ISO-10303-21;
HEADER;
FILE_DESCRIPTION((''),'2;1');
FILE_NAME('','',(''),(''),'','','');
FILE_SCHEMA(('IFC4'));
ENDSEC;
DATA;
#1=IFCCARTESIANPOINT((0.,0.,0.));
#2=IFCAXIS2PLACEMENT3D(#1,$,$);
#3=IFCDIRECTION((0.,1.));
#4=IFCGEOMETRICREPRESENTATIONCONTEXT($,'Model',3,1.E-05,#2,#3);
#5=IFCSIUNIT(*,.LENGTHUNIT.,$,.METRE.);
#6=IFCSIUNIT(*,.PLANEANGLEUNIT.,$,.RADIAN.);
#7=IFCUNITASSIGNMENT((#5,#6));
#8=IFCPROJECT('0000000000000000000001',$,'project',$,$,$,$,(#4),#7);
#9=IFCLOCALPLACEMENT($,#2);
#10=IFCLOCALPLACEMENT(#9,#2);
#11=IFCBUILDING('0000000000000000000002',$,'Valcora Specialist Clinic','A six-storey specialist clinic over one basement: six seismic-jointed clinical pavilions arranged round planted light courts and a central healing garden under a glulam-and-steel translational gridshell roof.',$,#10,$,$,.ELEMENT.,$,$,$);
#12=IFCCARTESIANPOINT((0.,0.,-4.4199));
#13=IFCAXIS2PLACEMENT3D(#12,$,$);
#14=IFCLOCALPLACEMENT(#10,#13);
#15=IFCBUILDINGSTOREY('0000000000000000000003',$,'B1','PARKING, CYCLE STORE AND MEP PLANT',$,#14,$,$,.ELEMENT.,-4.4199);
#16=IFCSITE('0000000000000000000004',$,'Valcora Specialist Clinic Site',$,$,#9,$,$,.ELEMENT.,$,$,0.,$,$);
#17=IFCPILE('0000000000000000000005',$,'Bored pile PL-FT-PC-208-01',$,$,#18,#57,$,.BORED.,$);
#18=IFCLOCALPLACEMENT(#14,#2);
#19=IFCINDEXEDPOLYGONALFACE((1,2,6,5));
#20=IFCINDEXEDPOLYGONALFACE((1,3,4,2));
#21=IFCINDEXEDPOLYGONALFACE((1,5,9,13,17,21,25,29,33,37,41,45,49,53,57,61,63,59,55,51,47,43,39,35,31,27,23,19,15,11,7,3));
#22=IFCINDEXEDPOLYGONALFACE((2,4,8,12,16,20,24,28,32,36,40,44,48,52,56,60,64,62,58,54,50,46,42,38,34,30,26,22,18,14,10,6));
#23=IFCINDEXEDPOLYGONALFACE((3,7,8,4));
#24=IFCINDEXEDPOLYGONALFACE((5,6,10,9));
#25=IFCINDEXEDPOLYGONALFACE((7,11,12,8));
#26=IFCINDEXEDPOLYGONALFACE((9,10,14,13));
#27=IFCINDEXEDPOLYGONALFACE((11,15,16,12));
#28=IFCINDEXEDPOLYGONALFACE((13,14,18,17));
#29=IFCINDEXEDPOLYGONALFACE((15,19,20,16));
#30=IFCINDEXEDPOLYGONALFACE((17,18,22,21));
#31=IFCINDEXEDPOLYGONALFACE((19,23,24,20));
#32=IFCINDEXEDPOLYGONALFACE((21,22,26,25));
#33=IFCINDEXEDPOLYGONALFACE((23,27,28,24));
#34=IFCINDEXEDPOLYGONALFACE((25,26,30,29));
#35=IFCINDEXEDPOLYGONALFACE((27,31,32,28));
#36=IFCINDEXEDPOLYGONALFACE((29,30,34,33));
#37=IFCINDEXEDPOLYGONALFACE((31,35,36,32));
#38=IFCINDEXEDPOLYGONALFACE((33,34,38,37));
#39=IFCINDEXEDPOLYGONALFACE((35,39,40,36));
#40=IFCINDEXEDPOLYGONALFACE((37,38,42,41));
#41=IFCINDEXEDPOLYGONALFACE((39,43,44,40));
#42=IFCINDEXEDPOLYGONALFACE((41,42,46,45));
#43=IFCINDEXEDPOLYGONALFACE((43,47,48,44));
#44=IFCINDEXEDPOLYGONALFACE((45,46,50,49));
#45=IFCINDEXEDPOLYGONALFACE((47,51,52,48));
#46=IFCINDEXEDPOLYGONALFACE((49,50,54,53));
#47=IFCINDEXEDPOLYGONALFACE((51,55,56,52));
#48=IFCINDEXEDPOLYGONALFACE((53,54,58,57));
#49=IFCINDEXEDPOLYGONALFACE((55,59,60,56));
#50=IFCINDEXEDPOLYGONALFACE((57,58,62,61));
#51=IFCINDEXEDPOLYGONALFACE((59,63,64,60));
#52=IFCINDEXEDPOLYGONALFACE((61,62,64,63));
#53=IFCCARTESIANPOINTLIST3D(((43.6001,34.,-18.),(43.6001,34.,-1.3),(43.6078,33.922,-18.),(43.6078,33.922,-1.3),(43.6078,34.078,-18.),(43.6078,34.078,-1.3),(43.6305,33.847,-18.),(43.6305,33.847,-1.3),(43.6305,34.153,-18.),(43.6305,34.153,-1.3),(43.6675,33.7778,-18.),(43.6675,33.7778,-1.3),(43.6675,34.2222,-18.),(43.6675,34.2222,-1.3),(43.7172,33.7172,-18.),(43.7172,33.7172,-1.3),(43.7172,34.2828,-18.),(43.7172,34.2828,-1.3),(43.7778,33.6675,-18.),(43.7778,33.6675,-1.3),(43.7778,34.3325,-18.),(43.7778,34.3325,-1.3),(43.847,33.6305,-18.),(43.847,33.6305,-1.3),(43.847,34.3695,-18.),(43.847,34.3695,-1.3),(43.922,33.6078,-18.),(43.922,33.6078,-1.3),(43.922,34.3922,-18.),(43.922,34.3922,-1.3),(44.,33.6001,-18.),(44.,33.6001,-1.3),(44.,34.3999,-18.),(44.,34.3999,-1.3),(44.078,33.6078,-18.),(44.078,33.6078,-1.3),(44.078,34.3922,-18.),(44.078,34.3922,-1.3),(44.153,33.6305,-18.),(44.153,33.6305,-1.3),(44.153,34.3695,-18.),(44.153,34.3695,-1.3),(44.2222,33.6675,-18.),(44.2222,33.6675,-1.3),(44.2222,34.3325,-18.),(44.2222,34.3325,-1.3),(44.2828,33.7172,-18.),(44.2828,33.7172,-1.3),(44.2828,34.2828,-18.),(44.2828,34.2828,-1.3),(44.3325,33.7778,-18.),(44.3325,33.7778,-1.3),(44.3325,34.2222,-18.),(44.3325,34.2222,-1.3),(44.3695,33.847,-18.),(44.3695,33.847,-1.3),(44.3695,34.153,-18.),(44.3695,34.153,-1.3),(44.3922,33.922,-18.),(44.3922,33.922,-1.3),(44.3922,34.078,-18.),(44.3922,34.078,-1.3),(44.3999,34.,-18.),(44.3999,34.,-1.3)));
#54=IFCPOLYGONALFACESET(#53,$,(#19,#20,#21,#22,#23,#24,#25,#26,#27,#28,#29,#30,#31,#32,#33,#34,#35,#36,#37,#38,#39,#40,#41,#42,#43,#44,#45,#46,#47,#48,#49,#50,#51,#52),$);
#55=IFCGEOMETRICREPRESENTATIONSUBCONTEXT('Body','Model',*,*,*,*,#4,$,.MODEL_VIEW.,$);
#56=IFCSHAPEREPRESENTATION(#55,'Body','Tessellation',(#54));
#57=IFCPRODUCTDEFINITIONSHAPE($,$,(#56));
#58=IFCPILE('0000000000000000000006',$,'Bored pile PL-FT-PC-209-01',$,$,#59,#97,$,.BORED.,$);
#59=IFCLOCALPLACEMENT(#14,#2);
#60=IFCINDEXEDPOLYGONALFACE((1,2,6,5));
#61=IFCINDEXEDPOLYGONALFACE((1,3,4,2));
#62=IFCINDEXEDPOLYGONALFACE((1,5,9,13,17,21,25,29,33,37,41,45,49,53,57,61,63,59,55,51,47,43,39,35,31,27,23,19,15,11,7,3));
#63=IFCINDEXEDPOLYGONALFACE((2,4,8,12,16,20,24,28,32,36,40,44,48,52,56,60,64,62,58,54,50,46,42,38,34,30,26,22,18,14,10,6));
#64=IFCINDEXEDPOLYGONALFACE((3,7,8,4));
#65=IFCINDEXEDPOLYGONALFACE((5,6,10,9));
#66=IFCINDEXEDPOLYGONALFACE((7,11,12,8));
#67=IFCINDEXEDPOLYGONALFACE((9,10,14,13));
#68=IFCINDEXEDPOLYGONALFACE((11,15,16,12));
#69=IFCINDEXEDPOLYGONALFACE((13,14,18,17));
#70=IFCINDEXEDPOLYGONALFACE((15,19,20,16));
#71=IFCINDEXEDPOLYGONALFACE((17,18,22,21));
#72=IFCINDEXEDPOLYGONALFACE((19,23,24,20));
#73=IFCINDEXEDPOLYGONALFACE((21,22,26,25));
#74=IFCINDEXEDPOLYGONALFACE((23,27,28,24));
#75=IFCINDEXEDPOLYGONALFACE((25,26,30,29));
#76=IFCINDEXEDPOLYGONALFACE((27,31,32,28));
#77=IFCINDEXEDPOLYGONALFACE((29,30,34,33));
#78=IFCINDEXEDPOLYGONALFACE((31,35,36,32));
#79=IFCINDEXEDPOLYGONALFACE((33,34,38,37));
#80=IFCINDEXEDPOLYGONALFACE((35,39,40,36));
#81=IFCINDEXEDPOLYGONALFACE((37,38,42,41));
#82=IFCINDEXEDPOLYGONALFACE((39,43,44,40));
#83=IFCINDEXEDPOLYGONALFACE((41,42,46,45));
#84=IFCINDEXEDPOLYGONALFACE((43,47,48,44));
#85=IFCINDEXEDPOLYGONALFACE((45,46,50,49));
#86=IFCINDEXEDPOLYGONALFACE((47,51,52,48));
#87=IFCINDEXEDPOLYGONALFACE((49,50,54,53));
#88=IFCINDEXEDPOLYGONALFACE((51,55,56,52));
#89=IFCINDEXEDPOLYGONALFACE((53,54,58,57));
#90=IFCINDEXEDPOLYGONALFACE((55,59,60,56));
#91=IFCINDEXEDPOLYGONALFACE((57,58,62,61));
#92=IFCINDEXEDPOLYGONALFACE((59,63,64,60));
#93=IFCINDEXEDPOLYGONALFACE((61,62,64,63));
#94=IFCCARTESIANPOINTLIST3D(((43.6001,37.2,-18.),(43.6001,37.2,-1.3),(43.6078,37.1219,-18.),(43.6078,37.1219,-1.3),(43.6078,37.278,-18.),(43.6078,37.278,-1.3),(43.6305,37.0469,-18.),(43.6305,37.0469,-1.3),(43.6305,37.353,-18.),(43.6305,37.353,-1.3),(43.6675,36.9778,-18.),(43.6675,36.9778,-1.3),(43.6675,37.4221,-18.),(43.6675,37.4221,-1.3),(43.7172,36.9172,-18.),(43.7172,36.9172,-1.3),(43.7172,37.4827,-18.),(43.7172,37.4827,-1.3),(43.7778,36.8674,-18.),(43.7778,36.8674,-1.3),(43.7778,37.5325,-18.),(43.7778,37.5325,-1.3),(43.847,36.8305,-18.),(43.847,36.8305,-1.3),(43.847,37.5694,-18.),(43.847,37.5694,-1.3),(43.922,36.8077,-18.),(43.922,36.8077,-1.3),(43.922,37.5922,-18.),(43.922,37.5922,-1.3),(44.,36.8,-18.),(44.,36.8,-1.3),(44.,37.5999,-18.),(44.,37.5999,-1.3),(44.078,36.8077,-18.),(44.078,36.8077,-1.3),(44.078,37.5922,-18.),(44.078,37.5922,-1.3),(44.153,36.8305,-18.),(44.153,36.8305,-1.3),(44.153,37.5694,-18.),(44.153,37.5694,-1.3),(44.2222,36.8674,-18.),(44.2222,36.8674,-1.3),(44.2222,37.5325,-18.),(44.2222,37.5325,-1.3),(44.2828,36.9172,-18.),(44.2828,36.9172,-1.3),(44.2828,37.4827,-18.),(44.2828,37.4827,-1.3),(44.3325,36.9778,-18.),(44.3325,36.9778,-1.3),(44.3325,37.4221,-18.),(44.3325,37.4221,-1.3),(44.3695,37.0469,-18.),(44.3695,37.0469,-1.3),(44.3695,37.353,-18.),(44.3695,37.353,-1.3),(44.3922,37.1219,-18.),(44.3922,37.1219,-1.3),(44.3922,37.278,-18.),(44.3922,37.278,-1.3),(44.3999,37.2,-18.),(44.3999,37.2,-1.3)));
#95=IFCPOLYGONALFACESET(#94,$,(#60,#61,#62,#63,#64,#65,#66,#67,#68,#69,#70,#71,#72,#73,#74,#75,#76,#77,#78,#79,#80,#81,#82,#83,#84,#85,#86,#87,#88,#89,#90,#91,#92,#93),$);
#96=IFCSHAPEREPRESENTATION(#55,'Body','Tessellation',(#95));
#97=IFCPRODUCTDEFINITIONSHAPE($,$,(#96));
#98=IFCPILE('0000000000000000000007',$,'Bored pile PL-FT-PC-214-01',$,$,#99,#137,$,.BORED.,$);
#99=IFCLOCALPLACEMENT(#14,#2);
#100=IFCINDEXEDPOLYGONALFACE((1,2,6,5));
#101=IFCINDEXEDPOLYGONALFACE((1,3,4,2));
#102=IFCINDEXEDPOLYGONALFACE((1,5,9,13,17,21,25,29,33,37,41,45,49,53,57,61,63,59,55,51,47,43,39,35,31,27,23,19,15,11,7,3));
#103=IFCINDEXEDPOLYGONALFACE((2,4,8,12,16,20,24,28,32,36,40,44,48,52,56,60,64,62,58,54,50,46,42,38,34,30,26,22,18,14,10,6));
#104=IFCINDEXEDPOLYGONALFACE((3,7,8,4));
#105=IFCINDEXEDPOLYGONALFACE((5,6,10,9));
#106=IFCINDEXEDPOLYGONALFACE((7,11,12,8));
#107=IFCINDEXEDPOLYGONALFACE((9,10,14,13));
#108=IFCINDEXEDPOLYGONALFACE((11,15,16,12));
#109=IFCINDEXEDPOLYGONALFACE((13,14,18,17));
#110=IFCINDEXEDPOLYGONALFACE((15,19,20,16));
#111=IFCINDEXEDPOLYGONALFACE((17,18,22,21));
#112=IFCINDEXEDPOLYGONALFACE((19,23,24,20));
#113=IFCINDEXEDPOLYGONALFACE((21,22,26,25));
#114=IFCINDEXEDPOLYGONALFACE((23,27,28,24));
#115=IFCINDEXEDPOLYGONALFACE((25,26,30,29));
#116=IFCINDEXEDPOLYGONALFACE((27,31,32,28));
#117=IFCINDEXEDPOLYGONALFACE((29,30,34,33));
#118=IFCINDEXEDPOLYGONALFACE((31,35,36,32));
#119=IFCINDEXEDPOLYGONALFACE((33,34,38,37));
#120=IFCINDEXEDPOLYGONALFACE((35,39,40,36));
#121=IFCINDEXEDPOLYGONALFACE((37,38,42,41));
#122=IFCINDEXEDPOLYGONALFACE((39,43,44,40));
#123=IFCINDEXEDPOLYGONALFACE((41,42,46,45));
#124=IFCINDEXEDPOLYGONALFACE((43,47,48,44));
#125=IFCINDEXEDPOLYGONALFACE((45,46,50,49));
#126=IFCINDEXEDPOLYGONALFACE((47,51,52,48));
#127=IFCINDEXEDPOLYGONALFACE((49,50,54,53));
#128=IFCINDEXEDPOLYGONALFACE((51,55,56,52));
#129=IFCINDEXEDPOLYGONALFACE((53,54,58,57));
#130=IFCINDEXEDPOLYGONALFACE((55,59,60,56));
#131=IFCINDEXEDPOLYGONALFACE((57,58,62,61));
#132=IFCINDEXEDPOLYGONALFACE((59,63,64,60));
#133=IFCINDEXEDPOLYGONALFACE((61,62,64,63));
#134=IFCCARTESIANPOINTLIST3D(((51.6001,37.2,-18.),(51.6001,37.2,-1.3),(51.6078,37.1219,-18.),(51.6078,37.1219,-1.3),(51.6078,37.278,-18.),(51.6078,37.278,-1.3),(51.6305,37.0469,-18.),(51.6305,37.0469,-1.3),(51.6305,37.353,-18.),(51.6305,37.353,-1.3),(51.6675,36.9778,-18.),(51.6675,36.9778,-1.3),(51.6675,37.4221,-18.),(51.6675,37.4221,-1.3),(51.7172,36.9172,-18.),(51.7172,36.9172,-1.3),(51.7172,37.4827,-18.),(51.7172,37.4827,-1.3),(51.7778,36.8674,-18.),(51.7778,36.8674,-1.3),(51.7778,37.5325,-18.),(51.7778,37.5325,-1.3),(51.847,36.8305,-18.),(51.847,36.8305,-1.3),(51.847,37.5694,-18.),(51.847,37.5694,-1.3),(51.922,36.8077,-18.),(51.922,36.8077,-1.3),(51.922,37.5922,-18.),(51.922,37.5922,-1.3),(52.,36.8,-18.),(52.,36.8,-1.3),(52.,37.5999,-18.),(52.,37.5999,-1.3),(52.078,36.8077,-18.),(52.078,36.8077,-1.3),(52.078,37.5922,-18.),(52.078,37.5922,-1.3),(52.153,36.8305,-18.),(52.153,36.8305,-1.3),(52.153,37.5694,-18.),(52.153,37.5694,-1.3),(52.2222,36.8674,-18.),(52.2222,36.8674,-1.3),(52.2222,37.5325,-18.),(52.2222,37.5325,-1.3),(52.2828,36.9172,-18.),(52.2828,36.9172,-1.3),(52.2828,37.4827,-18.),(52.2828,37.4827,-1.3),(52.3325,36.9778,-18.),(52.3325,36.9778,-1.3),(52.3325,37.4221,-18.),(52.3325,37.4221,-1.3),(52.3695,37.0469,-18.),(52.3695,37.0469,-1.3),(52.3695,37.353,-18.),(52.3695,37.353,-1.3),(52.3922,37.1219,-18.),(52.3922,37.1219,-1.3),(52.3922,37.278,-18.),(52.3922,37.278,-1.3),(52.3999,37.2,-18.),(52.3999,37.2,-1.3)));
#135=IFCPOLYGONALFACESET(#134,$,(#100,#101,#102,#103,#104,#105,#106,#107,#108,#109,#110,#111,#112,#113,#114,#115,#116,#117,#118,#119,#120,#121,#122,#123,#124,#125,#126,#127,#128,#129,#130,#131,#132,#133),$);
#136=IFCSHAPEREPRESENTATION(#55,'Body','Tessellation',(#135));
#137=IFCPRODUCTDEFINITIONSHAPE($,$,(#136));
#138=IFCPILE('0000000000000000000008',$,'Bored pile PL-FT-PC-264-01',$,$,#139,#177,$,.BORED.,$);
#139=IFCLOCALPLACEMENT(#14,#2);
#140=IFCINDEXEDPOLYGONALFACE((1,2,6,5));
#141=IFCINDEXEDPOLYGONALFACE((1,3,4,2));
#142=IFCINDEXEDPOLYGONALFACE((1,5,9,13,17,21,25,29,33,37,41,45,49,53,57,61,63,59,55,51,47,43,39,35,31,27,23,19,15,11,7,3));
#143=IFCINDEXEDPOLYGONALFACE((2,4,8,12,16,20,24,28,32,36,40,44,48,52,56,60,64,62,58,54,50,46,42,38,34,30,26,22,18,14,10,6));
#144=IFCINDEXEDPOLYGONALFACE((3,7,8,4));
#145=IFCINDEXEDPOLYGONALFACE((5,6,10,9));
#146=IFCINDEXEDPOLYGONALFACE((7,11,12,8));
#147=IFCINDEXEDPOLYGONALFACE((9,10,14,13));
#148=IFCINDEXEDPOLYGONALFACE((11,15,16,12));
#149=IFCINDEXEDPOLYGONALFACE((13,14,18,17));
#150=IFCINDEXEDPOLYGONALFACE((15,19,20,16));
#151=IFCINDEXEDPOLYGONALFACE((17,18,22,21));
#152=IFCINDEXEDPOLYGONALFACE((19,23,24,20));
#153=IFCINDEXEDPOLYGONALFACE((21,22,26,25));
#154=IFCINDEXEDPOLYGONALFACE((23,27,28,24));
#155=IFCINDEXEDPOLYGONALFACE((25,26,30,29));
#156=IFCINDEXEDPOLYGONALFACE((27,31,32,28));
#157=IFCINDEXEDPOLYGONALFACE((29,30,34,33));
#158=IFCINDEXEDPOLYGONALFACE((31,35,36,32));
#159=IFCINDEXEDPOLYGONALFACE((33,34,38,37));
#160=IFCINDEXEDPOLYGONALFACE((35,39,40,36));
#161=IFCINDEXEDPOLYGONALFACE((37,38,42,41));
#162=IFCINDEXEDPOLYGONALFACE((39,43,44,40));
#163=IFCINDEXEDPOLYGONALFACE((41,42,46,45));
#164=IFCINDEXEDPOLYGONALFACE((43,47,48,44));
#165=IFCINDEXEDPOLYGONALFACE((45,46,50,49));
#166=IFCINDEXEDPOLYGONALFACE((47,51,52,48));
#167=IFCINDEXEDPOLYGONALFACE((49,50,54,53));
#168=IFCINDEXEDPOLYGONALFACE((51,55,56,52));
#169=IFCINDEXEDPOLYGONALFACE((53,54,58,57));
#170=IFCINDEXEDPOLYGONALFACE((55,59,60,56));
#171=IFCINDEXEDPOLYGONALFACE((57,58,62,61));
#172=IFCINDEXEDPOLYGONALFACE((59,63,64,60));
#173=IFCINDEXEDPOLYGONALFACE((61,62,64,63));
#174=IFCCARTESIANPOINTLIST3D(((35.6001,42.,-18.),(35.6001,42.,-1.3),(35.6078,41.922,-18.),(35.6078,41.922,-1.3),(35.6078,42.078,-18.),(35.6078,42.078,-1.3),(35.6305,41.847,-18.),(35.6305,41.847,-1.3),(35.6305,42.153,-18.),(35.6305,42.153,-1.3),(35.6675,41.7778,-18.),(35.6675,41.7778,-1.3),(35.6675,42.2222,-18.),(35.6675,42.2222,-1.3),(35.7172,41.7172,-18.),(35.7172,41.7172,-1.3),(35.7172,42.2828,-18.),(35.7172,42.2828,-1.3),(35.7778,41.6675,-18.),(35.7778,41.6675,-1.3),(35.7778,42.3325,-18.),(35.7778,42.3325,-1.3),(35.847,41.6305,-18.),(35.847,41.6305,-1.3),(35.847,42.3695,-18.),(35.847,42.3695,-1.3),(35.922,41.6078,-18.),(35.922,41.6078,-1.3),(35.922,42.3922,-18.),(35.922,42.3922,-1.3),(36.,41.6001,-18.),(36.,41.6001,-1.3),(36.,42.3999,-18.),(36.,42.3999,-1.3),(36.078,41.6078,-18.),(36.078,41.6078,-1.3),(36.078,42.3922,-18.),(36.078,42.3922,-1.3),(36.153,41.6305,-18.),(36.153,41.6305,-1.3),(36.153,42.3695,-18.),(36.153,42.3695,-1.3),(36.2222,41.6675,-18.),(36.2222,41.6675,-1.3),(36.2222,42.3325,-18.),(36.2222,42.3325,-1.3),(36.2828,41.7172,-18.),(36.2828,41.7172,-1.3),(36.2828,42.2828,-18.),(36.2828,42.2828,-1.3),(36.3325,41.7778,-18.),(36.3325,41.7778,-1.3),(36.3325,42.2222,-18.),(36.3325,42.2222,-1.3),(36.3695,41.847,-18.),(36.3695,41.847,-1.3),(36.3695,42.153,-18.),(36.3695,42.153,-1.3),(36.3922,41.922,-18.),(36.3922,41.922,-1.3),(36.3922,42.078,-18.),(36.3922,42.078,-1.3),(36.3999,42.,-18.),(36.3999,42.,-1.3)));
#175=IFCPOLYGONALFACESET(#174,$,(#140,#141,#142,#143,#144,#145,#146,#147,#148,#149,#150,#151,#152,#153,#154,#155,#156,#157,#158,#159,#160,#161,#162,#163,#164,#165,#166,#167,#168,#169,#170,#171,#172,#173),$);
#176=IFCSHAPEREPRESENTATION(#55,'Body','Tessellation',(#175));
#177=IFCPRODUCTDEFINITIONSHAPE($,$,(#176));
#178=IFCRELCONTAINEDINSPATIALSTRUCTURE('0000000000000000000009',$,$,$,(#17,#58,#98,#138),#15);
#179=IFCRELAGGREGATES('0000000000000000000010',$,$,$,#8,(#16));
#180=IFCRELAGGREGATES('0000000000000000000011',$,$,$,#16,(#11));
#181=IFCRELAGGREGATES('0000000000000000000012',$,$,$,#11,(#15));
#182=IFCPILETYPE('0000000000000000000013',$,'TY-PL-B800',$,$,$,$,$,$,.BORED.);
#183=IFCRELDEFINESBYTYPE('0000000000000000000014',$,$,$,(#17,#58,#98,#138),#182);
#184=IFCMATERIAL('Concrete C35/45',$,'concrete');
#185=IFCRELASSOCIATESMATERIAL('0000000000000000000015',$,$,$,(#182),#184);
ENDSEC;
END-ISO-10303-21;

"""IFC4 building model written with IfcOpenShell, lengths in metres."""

from ifc_helpers import new_model, si_unit, direction, frame, origin, origin_2d, place, context, subcontext, project, spatial, circle, extrude, material, material_profile, profile_set, type_object, element, save


model = new_model("IFC4")

# Units and contexts
model_context = context("Model", 3, precision=1e-05, world=origin(), true_north=direction((0.0, 1.0)))
body_context = subcontext(model_context, "Body", "Model", "MODEL_VIEW")
ifc_project = project(units=[si_unit("LENGTHUNIT", "METRE"), si_unit("PLANEANGLEUNIT", "RADIAN")], contexts=[model_context])

# Site, building, storey
site_placement = place(None, origin())
site = spatial("IfcSite", under=ifc_project, at=site_placement, Name="Valcora Specialist Clinic Site", CompositionType="ELEMENT", RefElevation=0.0)
building_placement = place(site_placement, origin())
building = spatial("IfcBuilding", under=site, at=building_placement, Name="Valcora Specialist Clinic", Description="A six-storey specialist clinic over one basement: six seismic-jointed clinical pavilions arranged round planted light courts and a central healing garden under a glulam-and-steel translational gridshell roof.", CompositionType="ELEMENT")
storey_placement = place(building_placement, frame((0.0, 0.0, -4.4199)))
storey = spatial("IfcBuildingStorey", under=building, at=storey_placement, Name="B1", Description="PARKING, CYCLE STORE AND MEP PLANT", CompositionType="ELEMENT", Elevation=-4.4199)

# Shared definitions
ifc_material_1 = material(Name="Concrete C35/45", Category="concrete")

# Piles
ifc_material_profile_1 = material_profile(ifc_material_1, circle(Radius=0.3999, at=origin_2d()), Name="RC-PIL-D800")
ifc_profile_set_1 = profile_set([ifc_material_profile_1], Name="Concrete C35/45")
pile_type_1 = type_object("IfcPileType", Name="TY-PL-B800", PredefinedType="BORED", material=ifc_profile_set_1)
for number, where, z_axis, x_axis, name in (
    (1, (44.0, 34.0, -1.3), (0.0, 0.0, -1.0), (1.0, 0.0, 0.0), "Bored pile PL-FT-PC-208-01"),
    (2, (44.0, 37.2, -1.3), (0.0, 0.0, -1.0), (1.0, 0.0, 0.0), "Bored pile PL-FT-PC-209-01"),
    (3, (52.0, 37.2, -1.3), (0.0, 0.0, -1.0), (1.0, 0.0, 0.0), "Bored pile PL-FT-PC-214-01"),
    (4, (36.0, 42.0, -1.3), (0.0, 0.0, -1.0), (1.0, 0.0, 0.0), "Bored pile PL-FT-PC-264-01"),
):
    element("IfcPile", number, at=place(storey_placement, frame(where, z_axis=z_axis, x_axis=x_axis)), inside=storey, type_object=pile_type_1, Name=name, PredefinedType="BORED", context=body_context, shape_type="SweptSolid", body=[
        extrude(circle(Radius=0.3999, at=origin_2d()), origin(), (0.0, 0.0, 1.0), 16.7),
    ])

save(model, "model.ifc")
